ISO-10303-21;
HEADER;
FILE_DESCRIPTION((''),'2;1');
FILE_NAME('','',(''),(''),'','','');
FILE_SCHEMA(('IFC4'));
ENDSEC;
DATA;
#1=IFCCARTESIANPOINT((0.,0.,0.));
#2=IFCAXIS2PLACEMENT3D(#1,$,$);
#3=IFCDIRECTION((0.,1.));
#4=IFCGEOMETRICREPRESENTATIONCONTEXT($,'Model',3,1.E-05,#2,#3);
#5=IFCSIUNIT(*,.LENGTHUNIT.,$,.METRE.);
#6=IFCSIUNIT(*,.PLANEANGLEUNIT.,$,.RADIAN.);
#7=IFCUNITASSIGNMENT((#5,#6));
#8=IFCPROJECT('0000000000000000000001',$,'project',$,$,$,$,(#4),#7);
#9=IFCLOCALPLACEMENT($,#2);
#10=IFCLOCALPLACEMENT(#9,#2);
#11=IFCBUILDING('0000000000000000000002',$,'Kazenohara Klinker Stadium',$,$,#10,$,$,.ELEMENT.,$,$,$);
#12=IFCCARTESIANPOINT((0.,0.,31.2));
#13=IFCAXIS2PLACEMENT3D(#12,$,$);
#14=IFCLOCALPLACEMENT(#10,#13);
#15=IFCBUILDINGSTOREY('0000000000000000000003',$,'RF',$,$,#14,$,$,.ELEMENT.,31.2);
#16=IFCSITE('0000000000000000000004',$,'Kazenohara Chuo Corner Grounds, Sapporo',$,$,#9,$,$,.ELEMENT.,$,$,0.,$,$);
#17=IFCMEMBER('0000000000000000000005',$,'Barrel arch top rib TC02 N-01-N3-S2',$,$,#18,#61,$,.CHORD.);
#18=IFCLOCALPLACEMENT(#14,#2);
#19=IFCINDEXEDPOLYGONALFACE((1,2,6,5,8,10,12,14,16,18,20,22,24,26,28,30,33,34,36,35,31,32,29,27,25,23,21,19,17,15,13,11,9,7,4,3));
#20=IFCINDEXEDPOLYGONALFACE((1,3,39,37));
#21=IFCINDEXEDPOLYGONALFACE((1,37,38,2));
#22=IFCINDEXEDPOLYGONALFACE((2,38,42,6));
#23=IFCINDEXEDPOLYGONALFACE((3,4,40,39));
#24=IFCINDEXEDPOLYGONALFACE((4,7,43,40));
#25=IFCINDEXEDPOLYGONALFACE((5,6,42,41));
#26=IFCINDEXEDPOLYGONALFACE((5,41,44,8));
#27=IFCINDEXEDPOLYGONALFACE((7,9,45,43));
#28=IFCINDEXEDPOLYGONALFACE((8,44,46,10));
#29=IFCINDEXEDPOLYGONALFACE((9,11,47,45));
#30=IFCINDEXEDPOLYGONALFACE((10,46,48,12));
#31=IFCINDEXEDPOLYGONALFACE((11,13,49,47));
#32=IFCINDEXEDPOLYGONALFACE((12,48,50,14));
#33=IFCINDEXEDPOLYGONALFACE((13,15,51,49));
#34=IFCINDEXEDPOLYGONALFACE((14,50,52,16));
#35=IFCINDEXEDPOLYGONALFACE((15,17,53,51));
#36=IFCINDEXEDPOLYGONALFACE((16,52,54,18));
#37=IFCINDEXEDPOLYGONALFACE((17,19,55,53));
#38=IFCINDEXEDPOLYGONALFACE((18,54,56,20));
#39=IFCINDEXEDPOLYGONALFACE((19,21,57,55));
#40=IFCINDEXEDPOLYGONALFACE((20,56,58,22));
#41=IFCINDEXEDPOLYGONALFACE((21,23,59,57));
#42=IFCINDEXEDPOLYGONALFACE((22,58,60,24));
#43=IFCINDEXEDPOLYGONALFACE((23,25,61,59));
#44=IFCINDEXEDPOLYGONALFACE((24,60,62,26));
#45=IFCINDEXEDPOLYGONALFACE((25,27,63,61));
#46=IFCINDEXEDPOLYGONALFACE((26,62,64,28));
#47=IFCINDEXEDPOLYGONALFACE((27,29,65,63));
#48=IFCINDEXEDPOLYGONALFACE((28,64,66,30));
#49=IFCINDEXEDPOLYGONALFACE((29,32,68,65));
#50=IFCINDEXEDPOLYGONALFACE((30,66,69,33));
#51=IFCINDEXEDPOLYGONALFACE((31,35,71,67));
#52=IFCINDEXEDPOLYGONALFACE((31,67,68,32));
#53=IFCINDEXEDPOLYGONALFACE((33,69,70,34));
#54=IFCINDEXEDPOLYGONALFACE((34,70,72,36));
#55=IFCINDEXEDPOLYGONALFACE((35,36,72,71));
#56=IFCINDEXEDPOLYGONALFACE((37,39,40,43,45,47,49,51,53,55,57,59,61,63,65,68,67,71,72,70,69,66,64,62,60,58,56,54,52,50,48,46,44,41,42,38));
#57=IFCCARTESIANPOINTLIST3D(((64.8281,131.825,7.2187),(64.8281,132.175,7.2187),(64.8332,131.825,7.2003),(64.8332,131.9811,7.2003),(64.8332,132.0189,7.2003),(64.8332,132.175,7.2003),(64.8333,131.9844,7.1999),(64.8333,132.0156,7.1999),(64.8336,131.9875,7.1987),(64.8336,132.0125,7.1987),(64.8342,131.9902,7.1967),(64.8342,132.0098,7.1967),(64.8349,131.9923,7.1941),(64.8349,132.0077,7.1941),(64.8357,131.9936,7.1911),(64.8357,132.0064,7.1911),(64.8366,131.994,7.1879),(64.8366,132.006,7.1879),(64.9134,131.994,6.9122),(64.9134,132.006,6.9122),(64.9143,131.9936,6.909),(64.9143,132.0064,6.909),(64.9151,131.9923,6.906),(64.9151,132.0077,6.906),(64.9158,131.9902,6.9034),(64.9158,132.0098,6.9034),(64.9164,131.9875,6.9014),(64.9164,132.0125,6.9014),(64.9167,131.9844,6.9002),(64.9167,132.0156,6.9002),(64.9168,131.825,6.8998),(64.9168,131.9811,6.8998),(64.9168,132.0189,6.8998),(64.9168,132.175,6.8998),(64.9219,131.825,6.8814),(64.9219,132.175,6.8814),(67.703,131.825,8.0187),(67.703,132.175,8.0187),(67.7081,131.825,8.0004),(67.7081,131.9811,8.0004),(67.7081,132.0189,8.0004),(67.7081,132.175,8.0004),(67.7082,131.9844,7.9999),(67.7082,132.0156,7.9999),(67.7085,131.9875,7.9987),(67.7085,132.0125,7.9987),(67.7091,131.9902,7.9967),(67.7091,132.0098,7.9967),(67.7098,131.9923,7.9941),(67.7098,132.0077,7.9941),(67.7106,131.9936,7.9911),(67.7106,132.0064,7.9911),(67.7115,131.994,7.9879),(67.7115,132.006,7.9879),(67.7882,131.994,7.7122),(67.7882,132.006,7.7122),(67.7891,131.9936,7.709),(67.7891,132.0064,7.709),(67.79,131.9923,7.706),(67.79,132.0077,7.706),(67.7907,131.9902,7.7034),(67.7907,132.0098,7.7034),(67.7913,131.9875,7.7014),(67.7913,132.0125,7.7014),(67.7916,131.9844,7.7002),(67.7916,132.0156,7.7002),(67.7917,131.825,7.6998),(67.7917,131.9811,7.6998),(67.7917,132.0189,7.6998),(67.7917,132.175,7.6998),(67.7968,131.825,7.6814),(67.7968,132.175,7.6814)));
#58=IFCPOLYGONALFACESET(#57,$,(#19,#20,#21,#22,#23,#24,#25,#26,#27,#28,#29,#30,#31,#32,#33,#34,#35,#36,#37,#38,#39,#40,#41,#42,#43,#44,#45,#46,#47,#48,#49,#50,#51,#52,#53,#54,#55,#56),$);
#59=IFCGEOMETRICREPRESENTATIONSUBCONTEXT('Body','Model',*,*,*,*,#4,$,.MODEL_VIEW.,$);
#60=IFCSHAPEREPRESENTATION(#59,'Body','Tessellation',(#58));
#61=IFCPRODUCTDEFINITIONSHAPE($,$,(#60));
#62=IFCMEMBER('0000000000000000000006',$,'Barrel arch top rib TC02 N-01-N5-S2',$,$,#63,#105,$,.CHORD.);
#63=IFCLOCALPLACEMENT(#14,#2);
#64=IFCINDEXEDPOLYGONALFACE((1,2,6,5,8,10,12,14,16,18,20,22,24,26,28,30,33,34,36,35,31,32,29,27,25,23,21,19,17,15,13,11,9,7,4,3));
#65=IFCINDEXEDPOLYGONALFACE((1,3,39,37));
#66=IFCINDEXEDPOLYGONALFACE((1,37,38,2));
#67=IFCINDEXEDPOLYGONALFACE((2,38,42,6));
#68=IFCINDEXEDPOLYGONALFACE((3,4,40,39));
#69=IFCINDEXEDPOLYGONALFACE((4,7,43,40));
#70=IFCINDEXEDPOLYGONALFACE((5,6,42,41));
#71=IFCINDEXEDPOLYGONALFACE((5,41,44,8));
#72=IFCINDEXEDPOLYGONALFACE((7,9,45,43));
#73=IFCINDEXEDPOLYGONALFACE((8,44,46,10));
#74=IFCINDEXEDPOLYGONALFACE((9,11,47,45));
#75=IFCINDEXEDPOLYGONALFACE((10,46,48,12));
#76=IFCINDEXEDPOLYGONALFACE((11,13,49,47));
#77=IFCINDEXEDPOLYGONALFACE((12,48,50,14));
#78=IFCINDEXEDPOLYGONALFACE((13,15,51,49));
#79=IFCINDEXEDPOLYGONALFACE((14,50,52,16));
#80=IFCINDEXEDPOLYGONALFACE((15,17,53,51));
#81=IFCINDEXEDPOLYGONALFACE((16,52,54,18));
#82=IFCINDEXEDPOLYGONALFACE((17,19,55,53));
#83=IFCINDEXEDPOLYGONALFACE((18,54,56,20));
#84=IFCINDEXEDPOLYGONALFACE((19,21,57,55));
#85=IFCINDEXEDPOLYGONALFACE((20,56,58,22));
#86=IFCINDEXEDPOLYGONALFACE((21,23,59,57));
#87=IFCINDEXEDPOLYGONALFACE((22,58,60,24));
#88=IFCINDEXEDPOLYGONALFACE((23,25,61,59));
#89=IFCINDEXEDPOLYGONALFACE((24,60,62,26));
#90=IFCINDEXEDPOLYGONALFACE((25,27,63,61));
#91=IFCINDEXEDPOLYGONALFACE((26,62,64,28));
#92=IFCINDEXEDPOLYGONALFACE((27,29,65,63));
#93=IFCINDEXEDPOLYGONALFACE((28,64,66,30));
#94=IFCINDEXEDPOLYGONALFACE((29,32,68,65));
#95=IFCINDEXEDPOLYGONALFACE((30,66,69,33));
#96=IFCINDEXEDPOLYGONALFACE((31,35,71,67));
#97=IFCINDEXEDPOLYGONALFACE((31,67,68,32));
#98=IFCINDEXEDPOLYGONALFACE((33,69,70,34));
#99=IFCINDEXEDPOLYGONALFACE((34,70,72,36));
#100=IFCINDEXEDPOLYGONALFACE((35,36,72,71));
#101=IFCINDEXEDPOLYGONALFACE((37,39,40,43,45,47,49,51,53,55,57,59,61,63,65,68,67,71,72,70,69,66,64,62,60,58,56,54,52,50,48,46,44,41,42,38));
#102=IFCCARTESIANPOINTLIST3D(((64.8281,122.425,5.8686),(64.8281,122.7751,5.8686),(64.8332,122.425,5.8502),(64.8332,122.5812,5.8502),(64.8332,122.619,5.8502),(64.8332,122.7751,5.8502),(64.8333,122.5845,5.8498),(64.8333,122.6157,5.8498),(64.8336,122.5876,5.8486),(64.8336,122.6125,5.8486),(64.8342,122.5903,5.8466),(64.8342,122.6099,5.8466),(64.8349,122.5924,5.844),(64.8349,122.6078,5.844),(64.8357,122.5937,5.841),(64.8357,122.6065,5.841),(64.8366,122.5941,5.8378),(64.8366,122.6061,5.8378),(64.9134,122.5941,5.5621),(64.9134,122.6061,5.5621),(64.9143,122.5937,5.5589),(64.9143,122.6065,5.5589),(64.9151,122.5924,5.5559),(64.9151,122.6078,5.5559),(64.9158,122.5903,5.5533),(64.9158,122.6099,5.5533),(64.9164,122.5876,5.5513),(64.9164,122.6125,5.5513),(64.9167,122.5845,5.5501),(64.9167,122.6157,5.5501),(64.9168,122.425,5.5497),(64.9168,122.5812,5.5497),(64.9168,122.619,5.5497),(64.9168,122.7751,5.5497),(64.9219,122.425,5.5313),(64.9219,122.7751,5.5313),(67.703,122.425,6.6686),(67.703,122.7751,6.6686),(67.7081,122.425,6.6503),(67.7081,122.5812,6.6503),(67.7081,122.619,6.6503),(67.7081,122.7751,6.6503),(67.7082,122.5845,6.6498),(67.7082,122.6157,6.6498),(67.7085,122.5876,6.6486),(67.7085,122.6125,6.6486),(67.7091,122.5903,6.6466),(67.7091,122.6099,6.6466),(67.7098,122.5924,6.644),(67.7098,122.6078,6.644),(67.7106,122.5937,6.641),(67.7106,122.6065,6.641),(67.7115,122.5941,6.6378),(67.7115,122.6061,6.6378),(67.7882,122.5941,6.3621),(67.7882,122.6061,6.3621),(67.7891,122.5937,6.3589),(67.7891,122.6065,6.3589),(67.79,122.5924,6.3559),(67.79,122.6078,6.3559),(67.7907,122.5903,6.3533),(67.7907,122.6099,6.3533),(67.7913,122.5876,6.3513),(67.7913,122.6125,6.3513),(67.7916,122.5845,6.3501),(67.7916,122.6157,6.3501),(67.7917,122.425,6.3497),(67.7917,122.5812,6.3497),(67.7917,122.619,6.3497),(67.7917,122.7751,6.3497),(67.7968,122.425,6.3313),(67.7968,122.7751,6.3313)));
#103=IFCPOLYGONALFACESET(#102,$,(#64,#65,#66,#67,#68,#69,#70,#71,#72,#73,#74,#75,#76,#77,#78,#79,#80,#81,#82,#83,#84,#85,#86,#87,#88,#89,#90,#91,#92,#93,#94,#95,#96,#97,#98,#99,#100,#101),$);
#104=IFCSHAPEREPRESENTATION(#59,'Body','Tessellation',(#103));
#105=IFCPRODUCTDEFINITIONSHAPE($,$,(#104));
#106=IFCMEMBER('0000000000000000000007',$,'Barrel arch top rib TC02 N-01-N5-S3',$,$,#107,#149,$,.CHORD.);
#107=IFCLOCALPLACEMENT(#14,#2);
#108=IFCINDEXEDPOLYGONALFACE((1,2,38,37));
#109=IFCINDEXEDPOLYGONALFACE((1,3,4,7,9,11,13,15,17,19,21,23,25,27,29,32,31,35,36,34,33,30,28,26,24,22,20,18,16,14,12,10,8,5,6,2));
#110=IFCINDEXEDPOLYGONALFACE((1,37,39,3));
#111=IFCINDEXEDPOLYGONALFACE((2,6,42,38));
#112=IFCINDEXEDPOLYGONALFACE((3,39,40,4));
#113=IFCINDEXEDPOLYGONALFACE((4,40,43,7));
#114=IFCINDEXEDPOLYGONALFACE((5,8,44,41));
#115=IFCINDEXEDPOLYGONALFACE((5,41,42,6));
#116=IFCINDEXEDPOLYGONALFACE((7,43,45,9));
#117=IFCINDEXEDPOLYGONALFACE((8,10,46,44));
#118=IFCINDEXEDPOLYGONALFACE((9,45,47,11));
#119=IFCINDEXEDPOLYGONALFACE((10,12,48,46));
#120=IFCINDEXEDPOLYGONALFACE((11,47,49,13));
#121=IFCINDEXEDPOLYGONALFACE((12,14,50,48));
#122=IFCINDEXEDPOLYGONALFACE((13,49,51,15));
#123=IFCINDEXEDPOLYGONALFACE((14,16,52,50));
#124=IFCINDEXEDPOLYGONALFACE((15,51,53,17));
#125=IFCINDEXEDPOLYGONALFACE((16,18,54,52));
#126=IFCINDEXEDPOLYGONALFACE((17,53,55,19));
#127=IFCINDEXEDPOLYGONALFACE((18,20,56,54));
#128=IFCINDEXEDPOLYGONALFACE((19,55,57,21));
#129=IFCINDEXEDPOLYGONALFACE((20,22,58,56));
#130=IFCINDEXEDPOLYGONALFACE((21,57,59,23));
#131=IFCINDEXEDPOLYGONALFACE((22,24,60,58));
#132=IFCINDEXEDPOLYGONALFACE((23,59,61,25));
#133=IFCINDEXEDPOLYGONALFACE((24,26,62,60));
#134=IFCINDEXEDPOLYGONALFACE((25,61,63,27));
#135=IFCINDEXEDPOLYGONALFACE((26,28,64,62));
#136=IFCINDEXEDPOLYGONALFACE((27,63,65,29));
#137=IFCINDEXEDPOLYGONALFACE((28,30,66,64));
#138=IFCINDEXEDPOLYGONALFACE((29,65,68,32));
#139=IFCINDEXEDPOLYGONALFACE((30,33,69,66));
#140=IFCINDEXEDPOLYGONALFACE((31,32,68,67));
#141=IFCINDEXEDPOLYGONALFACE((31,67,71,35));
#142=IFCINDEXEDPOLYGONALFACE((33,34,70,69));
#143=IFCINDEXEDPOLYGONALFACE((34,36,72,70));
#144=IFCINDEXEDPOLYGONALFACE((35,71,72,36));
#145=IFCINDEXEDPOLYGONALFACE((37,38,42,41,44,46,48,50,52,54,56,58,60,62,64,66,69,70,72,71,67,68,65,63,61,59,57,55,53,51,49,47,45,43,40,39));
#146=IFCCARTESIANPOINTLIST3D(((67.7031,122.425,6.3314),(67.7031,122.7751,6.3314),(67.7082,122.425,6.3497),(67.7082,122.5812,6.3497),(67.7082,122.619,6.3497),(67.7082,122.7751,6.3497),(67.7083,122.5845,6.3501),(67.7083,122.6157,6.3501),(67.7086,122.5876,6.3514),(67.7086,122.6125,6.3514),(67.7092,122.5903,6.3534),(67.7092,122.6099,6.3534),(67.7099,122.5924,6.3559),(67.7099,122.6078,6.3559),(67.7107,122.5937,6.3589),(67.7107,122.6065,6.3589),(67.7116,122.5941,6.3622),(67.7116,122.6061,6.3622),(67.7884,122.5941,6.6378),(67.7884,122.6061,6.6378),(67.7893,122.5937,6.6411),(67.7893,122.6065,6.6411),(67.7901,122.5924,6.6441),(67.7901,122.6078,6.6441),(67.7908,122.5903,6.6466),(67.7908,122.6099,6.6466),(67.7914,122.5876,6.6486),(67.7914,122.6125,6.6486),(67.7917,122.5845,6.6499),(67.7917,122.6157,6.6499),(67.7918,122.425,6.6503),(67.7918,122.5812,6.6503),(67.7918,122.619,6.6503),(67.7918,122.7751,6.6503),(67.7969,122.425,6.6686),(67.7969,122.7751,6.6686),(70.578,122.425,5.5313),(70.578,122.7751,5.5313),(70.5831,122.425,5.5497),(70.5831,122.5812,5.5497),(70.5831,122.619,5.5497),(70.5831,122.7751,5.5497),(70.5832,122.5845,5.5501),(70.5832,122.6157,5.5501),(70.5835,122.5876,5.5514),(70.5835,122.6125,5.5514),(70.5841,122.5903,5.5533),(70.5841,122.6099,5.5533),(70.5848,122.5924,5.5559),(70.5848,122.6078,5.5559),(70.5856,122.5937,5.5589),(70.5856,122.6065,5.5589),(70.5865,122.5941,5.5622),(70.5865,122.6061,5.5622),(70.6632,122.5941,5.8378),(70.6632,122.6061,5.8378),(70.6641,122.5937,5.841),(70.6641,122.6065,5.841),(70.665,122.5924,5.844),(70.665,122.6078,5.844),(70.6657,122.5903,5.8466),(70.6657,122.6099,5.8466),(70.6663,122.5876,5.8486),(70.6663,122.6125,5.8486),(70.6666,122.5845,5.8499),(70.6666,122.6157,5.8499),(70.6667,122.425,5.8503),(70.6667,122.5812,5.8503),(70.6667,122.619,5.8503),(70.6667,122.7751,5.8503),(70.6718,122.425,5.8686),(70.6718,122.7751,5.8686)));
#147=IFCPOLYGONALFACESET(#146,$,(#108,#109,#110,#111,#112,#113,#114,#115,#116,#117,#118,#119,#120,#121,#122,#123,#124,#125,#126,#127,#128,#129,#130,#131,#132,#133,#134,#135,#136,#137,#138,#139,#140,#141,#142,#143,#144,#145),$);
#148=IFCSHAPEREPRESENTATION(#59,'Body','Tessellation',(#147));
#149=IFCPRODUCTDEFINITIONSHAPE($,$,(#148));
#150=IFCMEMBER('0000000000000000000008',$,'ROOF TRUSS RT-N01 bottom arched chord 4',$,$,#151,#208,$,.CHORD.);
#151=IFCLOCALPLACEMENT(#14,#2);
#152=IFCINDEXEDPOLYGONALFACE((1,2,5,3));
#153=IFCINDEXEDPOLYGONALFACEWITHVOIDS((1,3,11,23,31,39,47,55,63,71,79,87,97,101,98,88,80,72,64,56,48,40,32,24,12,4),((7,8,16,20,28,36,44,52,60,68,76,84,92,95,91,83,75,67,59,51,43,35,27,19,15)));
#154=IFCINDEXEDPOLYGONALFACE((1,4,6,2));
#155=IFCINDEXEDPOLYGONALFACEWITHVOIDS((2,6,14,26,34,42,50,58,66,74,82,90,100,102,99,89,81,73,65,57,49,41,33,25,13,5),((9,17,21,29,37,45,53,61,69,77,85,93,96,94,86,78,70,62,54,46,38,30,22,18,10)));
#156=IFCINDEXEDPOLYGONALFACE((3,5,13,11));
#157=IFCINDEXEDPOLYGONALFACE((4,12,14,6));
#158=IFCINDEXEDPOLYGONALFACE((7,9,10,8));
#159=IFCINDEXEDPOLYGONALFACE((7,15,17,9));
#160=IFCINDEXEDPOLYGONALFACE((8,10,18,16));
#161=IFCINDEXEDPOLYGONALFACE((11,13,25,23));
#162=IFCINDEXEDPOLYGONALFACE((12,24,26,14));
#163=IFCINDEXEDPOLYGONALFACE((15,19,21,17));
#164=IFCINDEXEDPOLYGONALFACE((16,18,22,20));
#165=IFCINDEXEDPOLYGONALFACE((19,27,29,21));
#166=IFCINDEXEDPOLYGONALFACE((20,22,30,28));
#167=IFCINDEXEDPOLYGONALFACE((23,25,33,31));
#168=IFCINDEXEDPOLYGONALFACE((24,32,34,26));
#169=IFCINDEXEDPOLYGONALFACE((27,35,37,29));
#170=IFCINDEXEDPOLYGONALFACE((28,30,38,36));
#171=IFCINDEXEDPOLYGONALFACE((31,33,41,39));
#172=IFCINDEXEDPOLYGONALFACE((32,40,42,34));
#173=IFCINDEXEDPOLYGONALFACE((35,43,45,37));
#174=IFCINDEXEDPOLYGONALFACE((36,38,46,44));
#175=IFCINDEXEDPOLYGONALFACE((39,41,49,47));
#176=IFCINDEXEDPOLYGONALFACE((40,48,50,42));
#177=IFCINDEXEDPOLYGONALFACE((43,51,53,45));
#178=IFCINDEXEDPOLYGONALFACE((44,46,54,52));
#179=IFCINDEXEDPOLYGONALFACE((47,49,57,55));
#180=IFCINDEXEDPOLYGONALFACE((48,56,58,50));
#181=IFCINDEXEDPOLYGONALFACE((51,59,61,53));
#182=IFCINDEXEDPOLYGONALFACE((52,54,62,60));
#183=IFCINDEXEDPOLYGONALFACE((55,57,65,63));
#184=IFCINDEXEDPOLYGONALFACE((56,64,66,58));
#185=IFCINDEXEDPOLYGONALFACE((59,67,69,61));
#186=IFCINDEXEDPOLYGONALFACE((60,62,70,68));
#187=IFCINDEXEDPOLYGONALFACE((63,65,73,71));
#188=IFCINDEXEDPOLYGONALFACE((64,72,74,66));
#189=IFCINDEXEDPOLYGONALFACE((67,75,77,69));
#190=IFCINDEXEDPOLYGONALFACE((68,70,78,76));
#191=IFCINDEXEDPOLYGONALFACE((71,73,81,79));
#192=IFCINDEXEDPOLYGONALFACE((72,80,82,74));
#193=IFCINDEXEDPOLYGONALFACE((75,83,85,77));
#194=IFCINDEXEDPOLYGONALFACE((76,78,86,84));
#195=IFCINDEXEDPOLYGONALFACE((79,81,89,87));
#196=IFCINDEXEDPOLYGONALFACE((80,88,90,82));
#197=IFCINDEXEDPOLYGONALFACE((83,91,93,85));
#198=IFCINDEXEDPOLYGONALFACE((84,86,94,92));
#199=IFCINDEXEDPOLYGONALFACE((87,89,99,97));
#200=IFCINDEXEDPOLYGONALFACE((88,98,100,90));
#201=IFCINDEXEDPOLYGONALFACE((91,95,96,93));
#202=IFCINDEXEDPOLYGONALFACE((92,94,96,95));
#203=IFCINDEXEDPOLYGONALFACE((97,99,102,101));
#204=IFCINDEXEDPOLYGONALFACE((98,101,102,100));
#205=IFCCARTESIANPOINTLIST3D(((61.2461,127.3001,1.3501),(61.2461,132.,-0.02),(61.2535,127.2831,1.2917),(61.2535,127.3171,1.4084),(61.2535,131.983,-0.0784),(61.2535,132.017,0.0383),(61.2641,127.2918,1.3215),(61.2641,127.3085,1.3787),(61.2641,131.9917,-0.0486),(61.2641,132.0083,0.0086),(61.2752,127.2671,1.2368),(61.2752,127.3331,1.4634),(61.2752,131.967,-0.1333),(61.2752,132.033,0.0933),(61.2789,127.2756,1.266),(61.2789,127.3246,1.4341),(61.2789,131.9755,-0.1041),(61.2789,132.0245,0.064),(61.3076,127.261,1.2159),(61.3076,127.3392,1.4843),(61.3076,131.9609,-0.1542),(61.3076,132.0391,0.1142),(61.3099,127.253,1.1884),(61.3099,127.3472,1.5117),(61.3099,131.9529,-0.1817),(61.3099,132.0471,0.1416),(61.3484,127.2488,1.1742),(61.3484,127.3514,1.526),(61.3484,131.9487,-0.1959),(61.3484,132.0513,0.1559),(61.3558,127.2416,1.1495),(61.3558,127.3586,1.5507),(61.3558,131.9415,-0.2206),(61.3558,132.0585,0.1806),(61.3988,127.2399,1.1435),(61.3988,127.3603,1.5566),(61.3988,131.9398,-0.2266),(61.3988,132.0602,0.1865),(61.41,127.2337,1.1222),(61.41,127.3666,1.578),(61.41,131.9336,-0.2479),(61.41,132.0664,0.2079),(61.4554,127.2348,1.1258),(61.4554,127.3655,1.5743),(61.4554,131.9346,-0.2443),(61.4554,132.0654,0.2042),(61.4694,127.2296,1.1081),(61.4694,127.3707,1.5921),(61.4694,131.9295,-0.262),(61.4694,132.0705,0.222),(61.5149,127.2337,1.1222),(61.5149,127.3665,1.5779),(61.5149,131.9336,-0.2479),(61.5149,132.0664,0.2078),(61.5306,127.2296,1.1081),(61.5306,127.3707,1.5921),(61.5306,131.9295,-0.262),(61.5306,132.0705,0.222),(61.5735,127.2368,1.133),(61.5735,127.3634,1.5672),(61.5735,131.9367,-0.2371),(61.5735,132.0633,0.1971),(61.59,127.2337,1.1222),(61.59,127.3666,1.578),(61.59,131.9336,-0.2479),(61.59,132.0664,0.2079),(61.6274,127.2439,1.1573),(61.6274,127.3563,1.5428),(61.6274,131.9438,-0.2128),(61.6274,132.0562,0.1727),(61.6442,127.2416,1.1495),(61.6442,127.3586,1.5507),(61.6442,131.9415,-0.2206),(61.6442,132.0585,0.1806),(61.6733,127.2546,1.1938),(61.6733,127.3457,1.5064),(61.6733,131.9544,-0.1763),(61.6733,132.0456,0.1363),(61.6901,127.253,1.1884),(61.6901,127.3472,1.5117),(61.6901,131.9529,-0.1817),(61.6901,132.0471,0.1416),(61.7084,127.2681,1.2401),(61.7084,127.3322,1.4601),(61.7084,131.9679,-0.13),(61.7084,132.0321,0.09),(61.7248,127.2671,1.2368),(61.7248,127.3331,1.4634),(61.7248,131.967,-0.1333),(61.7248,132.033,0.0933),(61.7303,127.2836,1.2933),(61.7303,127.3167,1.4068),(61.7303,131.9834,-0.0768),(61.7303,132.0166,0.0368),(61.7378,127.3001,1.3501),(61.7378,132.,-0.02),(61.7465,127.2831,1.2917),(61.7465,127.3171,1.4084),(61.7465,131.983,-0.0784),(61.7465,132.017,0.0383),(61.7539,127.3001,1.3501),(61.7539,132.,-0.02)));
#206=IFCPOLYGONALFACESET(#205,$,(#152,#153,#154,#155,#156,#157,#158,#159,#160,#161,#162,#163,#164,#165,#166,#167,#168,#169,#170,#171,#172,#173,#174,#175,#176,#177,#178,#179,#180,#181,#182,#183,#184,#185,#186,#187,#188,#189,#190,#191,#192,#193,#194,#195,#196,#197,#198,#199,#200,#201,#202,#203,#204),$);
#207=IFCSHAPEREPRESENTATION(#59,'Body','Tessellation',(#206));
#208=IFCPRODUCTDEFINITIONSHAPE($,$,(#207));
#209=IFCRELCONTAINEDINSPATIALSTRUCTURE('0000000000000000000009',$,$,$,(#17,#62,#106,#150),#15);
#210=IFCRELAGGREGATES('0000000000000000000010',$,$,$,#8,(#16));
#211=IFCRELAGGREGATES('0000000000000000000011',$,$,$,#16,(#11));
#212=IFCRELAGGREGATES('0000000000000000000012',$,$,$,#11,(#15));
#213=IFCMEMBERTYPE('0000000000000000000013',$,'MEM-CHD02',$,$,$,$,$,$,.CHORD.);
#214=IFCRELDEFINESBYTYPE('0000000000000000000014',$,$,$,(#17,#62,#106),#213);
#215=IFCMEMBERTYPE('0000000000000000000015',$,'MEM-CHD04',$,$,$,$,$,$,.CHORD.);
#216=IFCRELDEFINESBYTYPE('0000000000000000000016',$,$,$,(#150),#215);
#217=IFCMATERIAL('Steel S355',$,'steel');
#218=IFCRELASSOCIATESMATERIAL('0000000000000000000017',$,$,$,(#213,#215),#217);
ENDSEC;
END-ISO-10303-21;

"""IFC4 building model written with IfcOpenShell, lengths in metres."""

from ifc_helpers import new_model, si_unit, direction, frame, origin, origin_2d, place, context, subcontext, project, spatial, hollow_circle, i_section, extrude, material, material_profile, profile_set, type_object, element, save


model = new_model("IFC4")

# Units and contexts
model_context = context("Model", 3, precision=1e-05, world=origin(), true_north=direction((0.0, 1.0)))
body_context = subcontext(model_context, "Body", "Model", "MODEL_VIEW")
ifc_project = project(units=[si_unit("LENGTHUNIT", "METRE"), si_unit("PLANEANGLEUNIT", "RADIAN")], contexts=[model_context])

# Site, building, storey
site_placement = place(None, origin())
site = spatial("IfcSite", under=ifc_project, at=site_placement, Name="Kazenohara Chuo Corner Grounds, Sapporo", CompositionType="ELEMENT", RefElevation=0.0)
building_placement = place(site_placement, origin())
building = spatial("IfcBuilding", under=site, at=building_placement, Name="Kazenohara Klinker Stadium", CompositionType="ELEMENT")
storey_placement = place(building_placement, frame((0.0, 0.0, 31.2)))
storey = spatial("IfcBuildingStorey", under=building, at=storey_placement, Name="RF", CompositionType="ELEMENT", Elevation=31.2)

# Members
ifc_material_1 = material(Name="Steel S355", Category="steel")
ifc_material_profile_1 = material_profile(ifc_material_1, i_section(OverallWidth=0.3501, OverallDepth=0.3501, WebThickness=0.012, FlangeThickness=0.019, FilletRadius=0.0129, at=origin_2d()), Name="H-350x350x12x19")
ifc_profile_set_1 = profile_set([ifc_material_profile_1], Name="Steel S355")
member_type_1 = type_object("IfcMemberType", Name="MEM-CHD02", PredefinedType="CHORD", material=ifc_profile_set_1)
for number, where, z_axis, x_axis, name in (
    (1, (64.875, 132.0, 7.05), (0.963394, 0.0, 0.268091), (0.0, 1.0, 0.0), "Barrel arch top rib TC02 N-01-N3-S2"),
    (2, (64.875, 122.6001, 5.7), (0.963394, 0.0, 0.268091), (0.0, 1.0, 0.0), "Barrel arch top rib TC02 N-01-N5-S2"),
    (3, (67.75, 122.6001, 6.5), (0.963394, 0.0, -0.268091), (0.0, 1.0, 0.0), "Barrel arch top rib TC02 N-01-N5-S3"),
):
    element("IfcMember", number, at=place(storey_placement, frame(where, z_axis=z_axis, x_axis=x_axis)), inside=storey, type_object=member_type_1, Name=name, PredefinedType="CHORD", context=body_context, shape_type="SweptSolid", body=[
        extrude(i_section(OverallWidth=0.3501, OverallDepth=0.3501, WebThickness=0.012, FlangeThickness=0.019, FilletRadius=0.0129, at=origin_2d()), origin(), (0.0, 0.0, 1.0), 2.9841),
    ])
ifc_material_profile_2 = material_profile(ifc_material_1, hollow_circle(Radius=0.2539, WallThickness=0.0161, at=origin_2d()), Name="CHS-508.0x16")
ifc_profile_set_2 = profile_set([ifc_material_profile_2], Name="Steel S355")
member_type_2 = type_object("IfcMemberType", Name="MEM-CHD04", PredefinedType="CHORD", material=ifc_profile_set_2)
member_1_placement = place(storey_placement, frame((61.5, 132.0, -0.02), z_axis=(0.0, -0.960039, 0.279868), x_axis=(1.0, 0.0, 0.0)))
element("IfcMember", 4, at=member_1_placement, inside=storey, type_object=member_type_2, Name="ROOF TRUSS RT-N01 bottom arched chord 4", PredefinedType="CHORD", context=body_context, shape_type="SweptSolid", body=[
    extrude(hollow_circle(Radius=0.2539, WallThickness=0.0161, at=origin_2d()), origin(), (0.0, 0.0, 1.0), 4.8955),
])

save(model, "model.ifc")
